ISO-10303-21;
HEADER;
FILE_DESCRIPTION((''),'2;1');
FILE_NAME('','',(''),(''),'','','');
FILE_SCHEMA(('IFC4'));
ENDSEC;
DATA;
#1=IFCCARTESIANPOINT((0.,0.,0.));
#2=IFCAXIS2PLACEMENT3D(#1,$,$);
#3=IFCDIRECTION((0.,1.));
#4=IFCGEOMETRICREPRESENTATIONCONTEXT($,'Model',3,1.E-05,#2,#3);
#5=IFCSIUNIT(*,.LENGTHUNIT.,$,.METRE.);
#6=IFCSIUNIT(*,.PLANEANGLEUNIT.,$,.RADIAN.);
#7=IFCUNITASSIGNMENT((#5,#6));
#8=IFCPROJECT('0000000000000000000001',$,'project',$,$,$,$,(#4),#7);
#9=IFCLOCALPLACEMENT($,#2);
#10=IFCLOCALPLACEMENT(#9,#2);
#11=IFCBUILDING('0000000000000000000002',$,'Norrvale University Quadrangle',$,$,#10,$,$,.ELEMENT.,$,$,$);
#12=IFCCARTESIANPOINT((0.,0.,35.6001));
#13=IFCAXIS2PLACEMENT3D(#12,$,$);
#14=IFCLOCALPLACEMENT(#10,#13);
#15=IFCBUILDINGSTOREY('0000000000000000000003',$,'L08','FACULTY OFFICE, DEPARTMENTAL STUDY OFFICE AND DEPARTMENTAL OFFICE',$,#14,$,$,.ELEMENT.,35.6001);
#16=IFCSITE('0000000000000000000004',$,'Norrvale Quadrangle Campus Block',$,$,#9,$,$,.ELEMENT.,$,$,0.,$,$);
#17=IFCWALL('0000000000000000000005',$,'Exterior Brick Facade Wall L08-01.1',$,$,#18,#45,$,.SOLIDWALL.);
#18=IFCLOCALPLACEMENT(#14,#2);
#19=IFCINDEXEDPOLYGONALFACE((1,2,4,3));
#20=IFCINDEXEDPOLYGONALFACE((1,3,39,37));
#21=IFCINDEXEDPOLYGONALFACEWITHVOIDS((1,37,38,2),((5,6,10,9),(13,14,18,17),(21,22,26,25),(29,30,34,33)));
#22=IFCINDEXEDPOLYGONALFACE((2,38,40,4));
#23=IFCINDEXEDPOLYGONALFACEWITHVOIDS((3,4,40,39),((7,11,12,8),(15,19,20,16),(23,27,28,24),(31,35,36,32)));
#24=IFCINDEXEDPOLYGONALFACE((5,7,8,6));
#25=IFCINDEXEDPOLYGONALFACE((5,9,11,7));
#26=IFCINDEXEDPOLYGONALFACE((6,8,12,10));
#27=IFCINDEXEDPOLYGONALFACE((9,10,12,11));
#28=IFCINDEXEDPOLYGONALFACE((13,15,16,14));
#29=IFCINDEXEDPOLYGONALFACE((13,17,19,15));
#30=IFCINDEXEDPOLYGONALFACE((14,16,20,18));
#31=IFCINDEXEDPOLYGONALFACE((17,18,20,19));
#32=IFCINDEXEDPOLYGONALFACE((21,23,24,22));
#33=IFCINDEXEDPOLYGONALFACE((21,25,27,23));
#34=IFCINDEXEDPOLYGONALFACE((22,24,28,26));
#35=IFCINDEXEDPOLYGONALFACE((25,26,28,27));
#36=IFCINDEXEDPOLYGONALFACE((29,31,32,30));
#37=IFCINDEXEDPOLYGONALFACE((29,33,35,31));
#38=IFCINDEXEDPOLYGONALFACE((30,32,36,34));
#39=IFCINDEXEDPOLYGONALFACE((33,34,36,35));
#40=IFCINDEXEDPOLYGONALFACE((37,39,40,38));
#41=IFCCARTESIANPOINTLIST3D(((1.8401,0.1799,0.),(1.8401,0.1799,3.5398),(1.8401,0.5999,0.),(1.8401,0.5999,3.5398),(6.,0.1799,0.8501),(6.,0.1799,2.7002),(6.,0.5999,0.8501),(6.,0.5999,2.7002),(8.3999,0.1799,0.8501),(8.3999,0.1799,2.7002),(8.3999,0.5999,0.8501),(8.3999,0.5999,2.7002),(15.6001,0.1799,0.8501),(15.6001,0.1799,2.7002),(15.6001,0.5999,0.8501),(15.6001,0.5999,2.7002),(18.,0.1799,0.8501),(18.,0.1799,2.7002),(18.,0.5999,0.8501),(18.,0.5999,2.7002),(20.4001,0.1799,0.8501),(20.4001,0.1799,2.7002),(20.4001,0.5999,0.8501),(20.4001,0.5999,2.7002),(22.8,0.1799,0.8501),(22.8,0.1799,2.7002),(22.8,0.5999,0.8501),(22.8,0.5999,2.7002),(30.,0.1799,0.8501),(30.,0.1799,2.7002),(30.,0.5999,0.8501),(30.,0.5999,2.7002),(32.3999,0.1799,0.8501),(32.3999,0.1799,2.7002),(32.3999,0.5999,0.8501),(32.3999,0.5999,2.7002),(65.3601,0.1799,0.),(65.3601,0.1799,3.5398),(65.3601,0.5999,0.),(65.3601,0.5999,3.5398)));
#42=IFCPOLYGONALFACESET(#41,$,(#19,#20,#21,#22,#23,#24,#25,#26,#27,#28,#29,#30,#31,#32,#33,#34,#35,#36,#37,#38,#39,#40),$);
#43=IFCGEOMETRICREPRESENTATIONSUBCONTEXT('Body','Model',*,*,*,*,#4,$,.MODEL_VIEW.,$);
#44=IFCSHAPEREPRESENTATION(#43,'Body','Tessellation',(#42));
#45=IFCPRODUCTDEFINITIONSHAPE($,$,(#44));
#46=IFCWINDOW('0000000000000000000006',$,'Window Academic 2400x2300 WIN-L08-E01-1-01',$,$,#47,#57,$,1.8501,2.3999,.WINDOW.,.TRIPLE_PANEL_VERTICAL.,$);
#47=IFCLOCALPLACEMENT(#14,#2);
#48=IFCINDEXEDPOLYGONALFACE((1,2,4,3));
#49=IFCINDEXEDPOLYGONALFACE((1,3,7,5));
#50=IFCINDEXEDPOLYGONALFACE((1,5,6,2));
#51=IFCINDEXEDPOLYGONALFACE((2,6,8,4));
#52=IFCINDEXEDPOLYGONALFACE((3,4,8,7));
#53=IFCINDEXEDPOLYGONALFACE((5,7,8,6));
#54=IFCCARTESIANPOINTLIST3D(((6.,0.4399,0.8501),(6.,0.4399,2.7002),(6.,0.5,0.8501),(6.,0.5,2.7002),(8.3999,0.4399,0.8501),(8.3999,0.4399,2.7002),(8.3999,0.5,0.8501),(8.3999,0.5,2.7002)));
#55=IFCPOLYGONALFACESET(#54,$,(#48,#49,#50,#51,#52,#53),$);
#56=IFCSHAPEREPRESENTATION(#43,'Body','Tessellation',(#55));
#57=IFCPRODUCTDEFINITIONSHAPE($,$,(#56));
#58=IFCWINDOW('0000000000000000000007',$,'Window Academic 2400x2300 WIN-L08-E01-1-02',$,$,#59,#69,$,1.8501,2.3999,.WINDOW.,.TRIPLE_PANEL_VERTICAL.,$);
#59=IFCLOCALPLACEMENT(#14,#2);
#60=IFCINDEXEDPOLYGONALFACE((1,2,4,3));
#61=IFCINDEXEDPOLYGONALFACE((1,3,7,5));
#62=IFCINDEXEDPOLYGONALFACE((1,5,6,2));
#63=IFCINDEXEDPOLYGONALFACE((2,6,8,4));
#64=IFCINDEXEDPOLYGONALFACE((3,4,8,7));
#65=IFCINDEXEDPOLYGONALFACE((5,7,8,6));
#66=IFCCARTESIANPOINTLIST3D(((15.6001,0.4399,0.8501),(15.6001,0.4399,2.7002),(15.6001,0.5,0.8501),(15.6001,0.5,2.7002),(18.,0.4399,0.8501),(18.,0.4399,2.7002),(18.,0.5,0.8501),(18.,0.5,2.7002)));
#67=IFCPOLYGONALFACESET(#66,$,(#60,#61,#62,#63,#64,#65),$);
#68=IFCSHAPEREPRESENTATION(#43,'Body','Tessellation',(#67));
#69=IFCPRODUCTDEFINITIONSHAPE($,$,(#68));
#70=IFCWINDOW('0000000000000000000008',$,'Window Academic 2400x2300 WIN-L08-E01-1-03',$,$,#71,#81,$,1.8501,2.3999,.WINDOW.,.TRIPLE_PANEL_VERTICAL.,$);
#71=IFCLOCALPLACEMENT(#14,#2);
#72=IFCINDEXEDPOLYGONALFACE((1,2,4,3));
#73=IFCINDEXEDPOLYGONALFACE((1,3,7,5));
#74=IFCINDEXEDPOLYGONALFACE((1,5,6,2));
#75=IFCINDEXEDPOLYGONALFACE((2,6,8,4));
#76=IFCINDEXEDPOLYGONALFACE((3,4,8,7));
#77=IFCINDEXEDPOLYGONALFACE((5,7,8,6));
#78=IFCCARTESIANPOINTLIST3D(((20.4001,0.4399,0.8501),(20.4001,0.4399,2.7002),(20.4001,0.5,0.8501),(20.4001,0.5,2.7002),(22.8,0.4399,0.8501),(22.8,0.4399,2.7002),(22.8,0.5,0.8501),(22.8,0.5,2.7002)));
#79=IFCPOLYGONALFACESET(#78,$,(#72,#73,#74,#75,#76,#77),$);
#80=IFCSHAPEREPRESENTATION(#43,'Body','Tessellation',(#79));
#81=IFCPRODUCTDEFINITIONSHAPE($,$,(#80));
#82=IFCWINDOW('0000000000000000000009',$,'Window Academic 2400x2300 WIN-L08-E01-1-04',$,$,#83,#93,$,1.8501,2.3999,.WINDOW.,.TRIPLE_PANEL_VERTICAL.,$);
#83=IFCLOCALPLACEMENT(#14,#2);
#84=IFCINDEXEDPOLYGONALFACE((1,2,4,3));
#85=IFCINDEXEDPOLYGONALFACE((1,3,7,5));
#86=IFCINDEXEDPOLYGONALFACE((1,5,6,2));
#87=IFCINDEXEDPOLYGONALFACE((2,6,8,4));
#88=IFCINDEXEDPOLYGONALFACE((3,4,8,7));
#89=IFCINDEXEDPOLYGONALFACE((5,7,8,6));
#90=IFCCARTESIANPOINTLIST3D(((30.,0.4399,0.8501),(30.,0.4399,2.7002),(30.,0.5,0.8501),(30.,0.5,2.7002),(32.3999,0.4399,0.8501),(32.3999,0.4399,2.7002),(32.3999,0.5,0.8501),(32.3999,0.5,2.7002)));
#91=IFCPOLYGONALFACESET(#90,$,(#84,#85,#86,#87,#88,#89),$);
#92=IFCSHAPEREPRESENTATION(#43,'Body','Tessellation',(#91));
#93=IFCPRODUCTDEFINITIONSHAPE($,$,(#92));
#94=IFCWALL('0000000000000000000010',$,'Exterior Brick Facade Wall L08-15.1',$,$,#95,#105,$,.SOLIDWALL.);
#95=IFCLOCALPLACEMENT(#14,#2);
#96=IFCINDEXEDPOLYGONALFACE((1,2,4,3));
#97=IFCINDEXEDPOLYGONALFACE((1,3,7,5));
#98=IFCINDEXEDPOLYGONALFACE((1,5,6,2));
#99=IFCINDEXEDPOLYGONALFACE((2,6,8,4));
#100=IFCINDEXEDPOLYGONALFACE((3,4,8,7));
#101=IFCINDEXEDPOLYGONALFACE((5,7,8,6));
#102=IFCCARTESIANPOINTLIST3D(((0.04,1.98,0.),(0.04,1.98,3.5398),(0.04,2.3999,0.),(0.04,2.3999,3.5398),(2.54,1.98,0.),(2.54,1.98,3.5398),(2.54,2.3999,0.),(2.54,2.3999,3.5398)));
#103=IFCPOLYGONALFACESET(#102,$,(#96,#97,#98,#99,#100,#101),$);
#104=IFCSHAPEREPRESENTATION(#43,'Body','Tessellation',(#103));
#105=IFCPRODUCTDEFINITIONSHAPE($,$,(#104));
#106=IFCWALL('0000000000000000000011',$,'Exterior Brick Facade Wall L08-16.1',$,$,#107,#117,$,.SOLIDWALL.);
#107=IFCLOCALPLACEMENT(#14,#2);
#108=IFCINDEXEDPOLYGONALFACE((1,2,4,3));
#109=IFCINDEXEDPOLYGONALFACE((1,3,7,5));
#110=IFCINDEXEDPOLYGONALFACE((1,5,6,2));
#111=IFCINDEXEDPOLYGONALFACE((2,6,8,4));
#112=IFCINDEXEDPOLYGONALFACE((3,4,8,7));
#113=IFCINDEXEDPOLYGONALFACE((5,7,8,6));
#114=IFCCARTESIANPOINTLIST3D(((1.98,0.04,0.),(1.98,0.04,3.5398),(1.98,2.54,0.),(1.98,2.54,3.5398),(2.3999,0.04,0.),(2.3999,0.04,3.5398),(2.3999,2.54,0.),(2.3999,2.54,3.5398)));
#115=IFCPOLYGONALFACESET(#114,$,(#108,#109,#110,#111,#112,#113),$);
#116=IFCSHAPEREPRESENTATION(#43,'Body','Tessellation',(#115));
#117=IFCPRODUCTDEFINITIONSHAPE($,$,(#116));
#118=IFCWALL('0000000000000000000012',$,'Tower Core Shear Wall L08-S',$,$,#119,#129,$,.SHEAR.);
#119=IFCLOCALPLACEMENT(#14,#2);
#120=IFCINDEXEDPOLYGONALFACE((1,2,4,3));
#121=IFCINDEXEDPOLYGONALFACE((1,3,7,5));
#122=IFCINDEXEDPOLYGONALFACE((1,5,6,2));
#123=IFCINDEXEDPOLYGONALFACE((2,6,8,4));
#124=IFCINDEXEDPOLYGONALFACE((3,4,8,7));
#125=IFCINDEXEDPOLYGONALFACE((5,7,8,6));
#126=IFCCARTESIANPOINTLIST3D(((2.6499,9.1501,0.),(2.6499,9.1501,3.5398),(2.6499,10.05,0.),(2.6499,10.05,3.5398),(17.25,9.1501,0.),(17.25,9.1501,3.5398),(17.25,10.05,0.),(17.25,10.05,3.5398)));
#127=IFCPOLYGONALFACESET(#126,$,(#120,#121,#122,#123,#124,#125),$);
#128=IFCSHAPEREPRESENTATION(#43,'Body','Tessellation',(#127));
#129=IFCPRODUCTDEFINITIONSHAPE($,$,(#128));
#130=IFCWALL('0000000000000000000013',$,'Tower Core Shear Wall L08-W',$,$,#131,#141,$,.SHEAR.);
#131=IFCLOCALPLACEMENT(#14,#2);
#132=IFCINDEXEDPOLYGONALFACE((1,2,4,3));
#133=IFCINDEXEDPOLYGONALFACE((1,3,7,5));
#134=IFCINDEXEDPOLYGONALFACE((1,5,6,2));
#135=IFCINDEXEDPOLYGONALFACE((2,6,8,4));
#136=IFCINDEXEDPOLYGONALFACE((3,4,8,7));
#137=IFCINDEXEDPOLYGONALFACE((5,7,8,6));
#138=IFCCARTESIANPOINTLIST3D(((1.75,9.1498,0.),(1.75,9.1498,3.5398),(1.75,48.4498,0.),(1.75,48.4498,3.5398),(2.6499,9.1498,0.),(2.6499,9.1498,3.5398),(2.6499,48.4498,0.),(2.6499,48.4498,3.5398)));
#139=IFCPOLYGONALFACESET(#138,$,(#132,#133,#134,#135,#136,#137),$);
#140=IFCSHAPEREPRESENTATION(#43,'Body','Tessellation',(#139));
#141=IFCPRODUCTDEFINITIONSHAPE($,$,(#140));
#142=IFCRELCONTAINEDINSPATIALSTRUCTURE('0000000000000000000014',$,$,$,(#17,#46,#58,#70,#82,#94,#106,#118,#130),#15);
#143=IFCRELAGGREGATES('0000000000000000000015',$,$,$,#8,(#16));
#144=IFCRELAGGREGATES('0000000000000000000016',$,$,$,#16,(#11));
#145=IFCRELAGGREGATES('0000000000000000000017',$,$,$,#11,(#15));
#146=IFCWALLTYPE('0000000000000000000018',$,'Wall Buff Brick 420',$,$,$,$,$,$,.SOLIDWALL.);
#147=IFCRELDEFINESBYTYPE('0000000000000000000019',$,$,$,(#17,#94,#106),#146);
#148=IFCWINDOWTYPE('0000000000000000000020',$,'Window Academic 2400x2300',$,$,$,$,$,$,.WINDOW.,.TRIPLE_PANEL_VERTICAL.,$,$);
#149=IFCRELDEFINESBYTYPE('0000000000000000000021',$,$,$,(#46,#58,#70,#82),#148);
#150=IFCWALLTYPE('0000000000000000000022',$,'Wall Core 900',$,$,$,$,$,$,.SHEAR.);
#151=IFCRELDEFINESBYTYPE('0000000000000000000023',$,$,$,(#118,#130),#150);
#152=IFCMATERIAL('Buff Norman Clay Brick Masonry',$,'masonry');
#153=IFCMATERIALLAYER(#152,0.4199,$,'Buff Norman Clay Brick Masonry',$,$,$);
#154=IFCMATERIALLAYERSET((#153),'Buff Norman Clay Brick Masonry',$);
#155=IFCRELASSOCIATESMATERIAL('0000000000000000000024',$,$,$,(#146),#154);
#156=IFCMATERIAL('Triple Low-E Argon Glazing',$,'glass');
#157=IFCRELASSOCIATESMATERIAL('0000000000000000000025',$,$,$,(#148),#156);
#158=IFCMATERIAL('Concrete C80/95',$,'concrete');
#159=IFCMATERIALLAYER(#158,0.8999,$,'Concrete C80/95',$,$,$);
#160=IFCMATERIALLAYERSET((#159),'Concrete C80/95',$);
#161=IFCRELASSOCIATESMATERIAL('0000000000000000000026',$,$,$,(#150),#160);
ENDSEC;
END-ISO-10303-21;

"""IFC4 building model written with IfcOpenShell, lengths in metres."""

from ifc_helpers import new_model, si_unit, direction, frame, frame_2d, origin, place, context, subcontext, project, spatial, rectangle, extrude, material, layer, layer_set, type_object, element, fill, save


model = new_model("IFC4")

# Units and contexts
model_context = context("Model", 3, precision=1e-05, world=origin(), true_north=direction((0.0, 1.0)))
body_context = subcontext(model_context, "Body", "Model", "MODEL_VIEW")
ifc_project = project(units=[si_unit("LENGTHUNIT", "METRE"), si_unit("PLANEANGLEUNIT", "RADIAN")], contexts=[model_context])

# Site, building, storey
site_placement = place(None, origin())
site = spatial("IfcSite", under=ifc_project, at=site_placement, Name="Norrvale Quadrangle Campus Block", CompositionType="ELEMENT", RefElevation=0.0)
building_placement = place(site_placement, origin())
building = spatial("IfcBuilding", under=site, at=building_placement, Name="Norrvale University Quadrangle", CompositionType="ELEMENT")
storey_placement = place(building_placement, frame((0.0, 0.0, 35.6001)))
storey = spatial("IfcBuildingStorey", under=building, at=storey_placement, Name="L08", Description="FACULTY OFFICE, DEPARTMENTAL STUDY OFFICE AND DEPARTMENTAL OFFICE", CompositionType="ELEMENT", Elevation=35.6001)

# Shared definitions
ifc_material_1 = material(Name="Concrete C80/95", Category="concrete")

# Wall, openings, windows
ifc_material_2 = material(Name="Buff Norman Clay Brick Masonry", Category="masonry")
ifc_layer_1 = layer(ifc_material_2, 0.4199, Name="Buff Norman Clay Brick Masonry")
ifc_layer_set_1 = layer_set([ifc_layer_1], Name="Buff Norman Clay Brick Masonry")
wall_type_1 = type_object("IfcWallType", Name="Wall Buff Brick 420", PredefinedType="SOLIDWALL", material=ifc_layer_set_1)
wall_1_placement = place(storey_placement, frame((1.8401, 0.3899, 0.0), z_axis=(0.0, 0.0, 1.0), x_axis=(1.0, 0.0, 0.0)))
wall_1 = element("IfcWall", 1, at=wall_1_placement, inside=storey, type_object=wall_type_1, Name="Exterior Brick Facade Wall L08-01.1", PredefinedType="SOLIDWALL", context=body_context, shape_type="SweptSolid", body=[
    extrude(rectangle(XDim=63.52, YDim=0.4199, at=frame_2d((31.76, 0.0))), origin(), (0.0, 0.0, 1.0), 3.5398),
])
opening_1_placement = place(wall_1_placement, frame((4.1599, 0.0, 0.8501)))
opening_1 = element("IfcOpeningElement", 2, at=opening_1_placement, cuts=wall_1, PredefinedType="OPENING", context=body_context, shape_type="SweptSolid", body=[
    extrude(rectangle(XDim=2.3999, YDim=1.8501, at=frame_2d((1.2, 0.925))), frame((0.0, 0.2219, 0.0), z_axis=(0.0, -1.0, 0.0), x_axis=(1.0, 0.0, 0.0)), (0.0, 0.0, 1.0), 0.4438),
])
opening_2_placement = place(wall_1_placement, frame((13.76, 0.0, 0.8501)))
opening_2 = element("IfcOpeningElement", 3, at=opening_2_placement, cuts=wall_1, PredefinedType="OPENING", context=body_context, shape_type="SweptSolid", body=[
    extrude(rectangle(XDim=2.3999, YDim=1.8501, at=frame_2d((1.2, 0.925))), frame((0.0, 0.2219, 0.0), z_axis=(0.0, -1.0, 0.0), x_axis=(1.0, 0.0, 0.0)), (0.0, 0.0, 1.0), 0.4438),
])
opening_3_placement = place(wall_1_placement, frame((18.5601, 0.0, 0.8501)))
opening_3 = element("IfcOpeningElement", 4, at=opening_3_placement, cuts=wall_1, PredefinedType="OPENING", context=body_context, shape_type="SweptSolid", body=[
    extrude(rectangle(XDim=2.3999, YDim=1.8501, at=frame_2d((1.2, 0.925))), frame((0.0, 0.2219, 0.0), z_axis=(0.0, -1.0, 0.0), x_axis=(1.0, 0.0, 0.0)), (0.0, 0.0, 1.0), 0.4438),
])
opening_4_placement = place(wall_1_placement, frame((28.1599, 0.0, 0.8501)))
opening_4 = element("IfcOpeningElement", 5, at=opening_4_placement, cuts=wall_1, PredefinedType="OPENING", context=body_context, shape_type="SweptSolid", body=[
    extrude(rectangle(XDim=2.3999, YDim=1.8501, at=frame_2d((1.2, 0.925))), frame((0.0, 0.2219, 0.0), z_axis=(0.0, -1.0, 0.0), x_axis=(1.0, 0.0, 0.0)), (0.0, 0.0, 1.0), 0.4438),
])
ifc_material_3 = material(Name="Triple Low-E Argon Glazing", Category="glass")
window_type = type_object("IfcWindowType", Name="Window Academic 2400x2300", PartitioningType="TRIPLE_PANEL_VERTICAL", PredefinedType="WINDOW", material=ifc_material_3)
window_1_placement = place(opening_1_placement, origin())
window_1 = element("IfcWindow", 6, at=window_1_placement, inside=storey, type_object=window_type, Name="Window Academic 2400x2300 WIN-L08-E01-1-01", OverallHeight=1.8501, OverallWidth=2.3999, PartitioningType="TRIPLE_PANEL_VERTICAL", PredefinedType="WINDOW", context=body_context, shape_type="SweptSolid", body=[
    extrude(rectangle(XDim=2.3999, YDim=1.8501, at=frame_2d((1.2, 0.925))), frame((0.0, 0.1101, 0.0), z_axis=(0.0, -1.0, 0.0), x_axis=(1.0, 0.0, 0.0)), (0.0, 0.0, 1.0), 0.0601),
])
fill(opening_1, window_1)
window_2_placement = place(opening_2_placement, origin())
window_2 = element("IfcWindow", 7, at=window_2_placement, inside=storey, type_object=window_type, Name="Window Academic 2400x2300 WIN-L08-E01-1-02", OverallHeight=1.8501, OverallWidth=2.3999, PartitioningType="TRIPLE_PANEL_VERTICAL", PredefinedType="WINDOW", context=body_context, shape_type="SweptSolid", body=[
    extrude(rectangle(XDim=2.3999, YDim=1.8501, at=frame_2d((1.2, 0.925))), frame((0.0, 0.1101, 0.0), z_axis=(0.0, -1.0, 0.0), x_axis=(1.0, 0.0, 0.0)), (0.0, 0.0, 1.0), 0.0601),
])
fill(opening_2, window_2)
window_3_placement = place(opening_3_placement, origin())
window_3 = element("IfcWindow", 8, at=window_3_placement, inside=storey, type_object=window_type, Name="Window Academic 2400x2300 WIN-L08-E01-1-03", OverallHeight=1.8501, OverallWidth=2.3999, PartitioningType="TRIPLE_PANEL_VERTICAL", PredefinedType="WINDOW", context=body_context, shape_type="SweptSolid", body=[
    extrude(rectangle(XDim=2.3999, YDim=1.8501, at=frame_2d((1.2, 0.925))), frame((0.0, 0.1101, 0.0), z_axis=(0.0, -1.0, 0.0), x_axis=(1.0, 0.0, 0.0)), (0.0, 0.0, 1.0), 0.0601),
])
fill(opening_3, window_3)
window_4_placement = place(opening_4_placement, origin())
window_4 = element("IfcWindow", 9, at=window_4_placement, inside=storey, type_object=window_type, Name="Window Academic 2400x2300 WIN-L08-E01-1-04", OverallHeight=1.8501, OverallWidth=2.3999, PartitioningType="TRIPLE_PANEL_VERTICAL", PredefinedType="WINDOW", context=body_context, shape_type="SweptSolid", body=[
    extrude(rectangle(XDim=2.3999, YDim=1.8501, at=frame_2d((1.2, 0.925))), frame((0.0, 0.1101, 0.0), z_axis=(0.0, -1.0, 0.0), x_axis=(1.0, 0.0, 0.0)), (0.0, 0.0, 1.0), 0.0601),
])
fill(opening_4, window_4)

# Walls
for number, where, z_axis, x_axis, name in (
    (10, (0.04, 2.1899, 0.0), (0.0, 0.0, 1.0), (1.0, 0.0, 0.0), "Exterior Brick Facade Wall L08-15.1"),
    (11, (2.1899, 2.54, 0.0), (0.0, 0.0, 1.0), (0.0, -1.0, 0.0), "Exterior Brick Facade Wall L08-16.1"),
):
    element("IfcWall", number, at=place(storey_placement, frame(where, z_axis=z_axis, x_axis=x_axis)), inside=storey, type_object=wall_type_1, Name=name, PredefinedType="SOLIDWALL", context=body_context, shape_type="SweptSolid", body=[
        extrude(rectangle(XDim=2.5, YDim=0.4199, at=frame_2d((1.25, 0.0))), origin(), (0.0, 0.0, 1.0), 3.5398),
    ])
ifc_layer_2 = layer(ifc_material_1, 0.8999, Name="Concrete C80/95")
ifc_layer_set_2 = layer_set([ifc_layer_2], Name="Concrete C80/95")
wall_type_2 = type_object("IfcWallType", Name="Wall Core 900", PredefinedType="SHEAR", material=ifc_layer_set_2)
wall_2_placement = place(storey_placement, frame((2.6499, 9.6001, 0.0), z_axis=(0.0, 0.0, 1.0), x_axis=(1.0, 0.0, 0.0)))
element("IfcWall", 12, at=wall_2_placement, inside=storey, type_object=wall_type_2, Name="Tower Core Shear Wall L08-S", PredefinedType="SHEAR", context=body_context, shape_type="SweptSolid", body=[
    extrude(rectangle(XDim=14.6001, YDim=0.8999, at=frame_2d((7.3, 0.0))), origin(), (0.0, 0.0, 1.0), 3.5398),
])
wall_3_placement = place(storey_placement, frame((2.2, 9.1499, 0.0), z_axis=(0.0, 0.0, 1.0), x_axis=(0.0, 1.0, 0.0)))
element("IfcWall", 13, at=wall_3_placement, inside=storey, type_object=wall_type_2, Name="Tower Core Shear Wall L08-W", PredefinedType="SHEAR", context=body_context, shape_type="SweptSolid", body=[
    extrude(rectangle(XDim=39.3, YDim=0.8999, at=frame_2d((19.6499, 0.0))), origin(), (0.0, 0.0, 1.0), 3.5398),
])

save(model, "model.ifc")
